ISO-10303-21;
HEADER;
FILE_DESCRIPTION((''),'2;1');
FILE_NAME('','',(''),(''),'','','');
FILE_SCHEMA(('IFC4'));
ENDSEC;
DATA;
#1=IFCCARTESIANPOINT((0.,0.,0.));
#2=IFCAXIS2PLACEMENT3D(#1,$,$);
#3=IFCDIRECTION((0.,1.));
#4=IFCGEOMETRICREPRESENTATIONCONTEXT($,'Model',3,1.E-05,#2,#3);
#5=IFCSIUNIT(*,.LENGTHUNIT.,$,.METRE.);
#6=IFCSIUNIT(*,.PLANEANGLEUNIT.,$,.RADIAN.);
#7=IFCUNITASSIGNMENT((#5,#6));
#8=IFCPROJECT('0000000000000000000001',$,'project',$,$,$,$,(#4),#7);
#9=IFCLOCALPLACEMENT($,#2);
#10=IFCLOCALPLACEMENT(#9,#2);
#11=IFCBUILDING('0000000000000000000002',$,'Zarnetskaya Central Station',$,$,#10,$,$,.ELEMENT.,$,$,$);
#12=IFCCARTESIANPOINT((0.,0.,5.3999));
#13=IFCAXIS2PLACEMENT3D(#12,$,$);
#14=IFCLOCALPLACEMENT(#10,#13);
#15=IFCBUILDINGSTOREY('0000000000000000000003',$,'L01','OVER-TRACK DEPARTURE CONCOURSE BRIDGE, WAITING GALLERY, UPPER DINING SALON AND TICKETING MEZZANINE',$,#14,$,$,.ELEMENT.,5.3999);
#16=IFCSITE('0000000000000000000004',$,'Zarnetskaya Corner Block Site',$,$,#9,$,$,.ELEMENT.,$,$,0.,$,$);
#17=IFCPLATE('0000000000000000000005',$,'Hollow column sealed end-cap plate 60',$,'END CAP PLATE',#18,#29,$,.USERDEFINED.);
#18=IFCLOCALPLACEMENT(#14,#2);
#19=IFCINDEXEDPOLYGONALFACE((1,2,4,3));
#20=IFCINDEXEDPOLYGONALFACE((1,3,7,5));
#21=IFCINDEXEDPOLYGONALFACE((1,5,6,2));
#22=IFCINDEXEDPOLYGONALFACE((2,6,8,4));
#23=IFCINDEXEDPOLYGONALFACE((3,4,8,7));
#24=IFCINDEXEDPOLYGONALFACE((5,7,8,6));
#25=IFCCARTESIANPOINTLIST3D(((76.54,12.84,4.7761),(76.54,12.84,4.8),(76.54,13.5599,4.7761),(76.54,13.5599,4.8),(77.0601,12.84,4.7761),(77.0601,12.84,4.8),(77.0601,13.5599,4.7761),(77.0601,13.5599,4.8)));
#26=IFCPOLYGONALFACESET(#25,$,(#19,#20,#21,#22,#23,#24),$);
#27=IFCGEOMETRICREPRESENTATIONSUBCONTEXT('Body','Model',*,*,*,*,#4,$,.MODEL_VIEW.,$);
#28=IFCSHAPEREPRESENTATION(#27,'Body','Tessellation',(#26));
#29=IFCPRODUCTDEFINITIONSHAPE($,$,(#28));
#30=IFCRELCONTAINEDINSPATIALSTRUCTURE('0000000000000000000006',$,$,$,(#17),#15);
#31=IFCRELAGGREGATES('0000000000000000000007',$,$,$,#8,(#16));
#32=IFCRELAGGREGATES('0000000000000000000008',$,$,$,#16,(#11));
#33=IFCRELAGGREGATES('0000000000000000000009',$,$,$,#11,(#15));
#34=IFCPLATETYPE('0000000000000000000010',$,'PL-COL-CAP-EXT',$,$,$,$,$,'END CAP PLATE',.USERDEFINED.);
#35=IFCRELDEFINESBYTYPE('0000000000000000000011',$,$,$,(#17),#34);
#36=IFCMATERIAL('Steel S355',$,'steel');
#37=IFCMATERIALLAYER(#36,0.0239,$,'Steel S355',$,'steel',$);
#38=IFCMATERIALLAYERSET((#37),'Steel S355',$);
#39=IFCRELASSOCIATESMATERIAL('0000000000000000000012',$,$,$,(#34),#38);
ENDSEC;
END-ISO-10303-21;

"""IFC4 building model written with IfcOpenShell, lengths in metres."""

from ifc_helpers import new_model, si_unit, direction, frame, origin, origin_2d, place, context, subcontext, project, spatial, rectangle, extrude, material, layer, layer_set, type_object, element, save


model = new_model("IFC4")

# Units and contexts
model_context = context("Model", 3, precision=1e-05, world=origin(), true_north=direction((0.0, 1.0)))
body_context = subcontext(model_context, "Body", "Model", "MODEL_VIEW")
ifc_project = project(units=[si_unit("LENGTHUNIT", "METRE"), si_unit("PLANEANGLEUNIT", "RADIAN")], contexts=[model_context])

# Site, building, storey
site_placement = place(None, origin())
site = spatial("IfcSite", under=ifc_project, at=site_placement, Name="Zarnetskaya Corner Block Site", CompositionType="ELEMENT", RefElevation=0.0)
building_placement = place(site_placement, origin())
building = spatial("IfcBuilding", under=site, at=building_placement, Name="Zarnetskaya Central Station", CompositionType="ELEMENT")
storey_placement = place(building_placement, frame((0.0, 0.0, 5.3999)))
storey = spatial("IfcBuildingStorey", under=building, at=storey_placement, Name="L01", Description="OVER-TRACK DEPARTURE CONCOURSE BRIDGE, WAITING GALLERY, UPPER DINING SALON AND TICKETING MEZZANINE", CompositionType="ELEMENT", Elevation=5.3999)

# Shared definitions
ifc_material_1 = material(Name="Steel S355", Category="steel")

# Plate
ifc_layer_1 = layer(ifc_material_1, 0.0239, Name="Steel S355", Category="steel")
ifc_layer_set_1 = layer_set([ifc_layer_1], Name="Steel S355")
plate_type_1 = type_object("IfcPlateType", Name="PL-COL-CAP-EXT", ElementType="END CAP PLATE", PredefinedType="USERDEFINED", material=ifc_layer_set_1)
plate_1_placement = place(storey_placement, frame((76.8, 13.2, 4.7761), z_axis=(0.0, 0.0, 1.0), x_axis=(1.0, 0.0, 0.0)))
element("IfcPlate", 1, at=plate_1_placement, inside=storey, type_object=plate_type_1, Name="Hollow column sealed end-cap plate 60", ObjectType="END CAP PLATE", PredefinedType="USERDEFINED", context=body_context, shape_type="SweptSolid", body=[
    extrude(rectangle(XDim=0.52, YDim=0.72, at=origin_2d()), origin(), (0.0, 0.0, 1.0), 0.0239),
])

save(model, "model.ifc")
